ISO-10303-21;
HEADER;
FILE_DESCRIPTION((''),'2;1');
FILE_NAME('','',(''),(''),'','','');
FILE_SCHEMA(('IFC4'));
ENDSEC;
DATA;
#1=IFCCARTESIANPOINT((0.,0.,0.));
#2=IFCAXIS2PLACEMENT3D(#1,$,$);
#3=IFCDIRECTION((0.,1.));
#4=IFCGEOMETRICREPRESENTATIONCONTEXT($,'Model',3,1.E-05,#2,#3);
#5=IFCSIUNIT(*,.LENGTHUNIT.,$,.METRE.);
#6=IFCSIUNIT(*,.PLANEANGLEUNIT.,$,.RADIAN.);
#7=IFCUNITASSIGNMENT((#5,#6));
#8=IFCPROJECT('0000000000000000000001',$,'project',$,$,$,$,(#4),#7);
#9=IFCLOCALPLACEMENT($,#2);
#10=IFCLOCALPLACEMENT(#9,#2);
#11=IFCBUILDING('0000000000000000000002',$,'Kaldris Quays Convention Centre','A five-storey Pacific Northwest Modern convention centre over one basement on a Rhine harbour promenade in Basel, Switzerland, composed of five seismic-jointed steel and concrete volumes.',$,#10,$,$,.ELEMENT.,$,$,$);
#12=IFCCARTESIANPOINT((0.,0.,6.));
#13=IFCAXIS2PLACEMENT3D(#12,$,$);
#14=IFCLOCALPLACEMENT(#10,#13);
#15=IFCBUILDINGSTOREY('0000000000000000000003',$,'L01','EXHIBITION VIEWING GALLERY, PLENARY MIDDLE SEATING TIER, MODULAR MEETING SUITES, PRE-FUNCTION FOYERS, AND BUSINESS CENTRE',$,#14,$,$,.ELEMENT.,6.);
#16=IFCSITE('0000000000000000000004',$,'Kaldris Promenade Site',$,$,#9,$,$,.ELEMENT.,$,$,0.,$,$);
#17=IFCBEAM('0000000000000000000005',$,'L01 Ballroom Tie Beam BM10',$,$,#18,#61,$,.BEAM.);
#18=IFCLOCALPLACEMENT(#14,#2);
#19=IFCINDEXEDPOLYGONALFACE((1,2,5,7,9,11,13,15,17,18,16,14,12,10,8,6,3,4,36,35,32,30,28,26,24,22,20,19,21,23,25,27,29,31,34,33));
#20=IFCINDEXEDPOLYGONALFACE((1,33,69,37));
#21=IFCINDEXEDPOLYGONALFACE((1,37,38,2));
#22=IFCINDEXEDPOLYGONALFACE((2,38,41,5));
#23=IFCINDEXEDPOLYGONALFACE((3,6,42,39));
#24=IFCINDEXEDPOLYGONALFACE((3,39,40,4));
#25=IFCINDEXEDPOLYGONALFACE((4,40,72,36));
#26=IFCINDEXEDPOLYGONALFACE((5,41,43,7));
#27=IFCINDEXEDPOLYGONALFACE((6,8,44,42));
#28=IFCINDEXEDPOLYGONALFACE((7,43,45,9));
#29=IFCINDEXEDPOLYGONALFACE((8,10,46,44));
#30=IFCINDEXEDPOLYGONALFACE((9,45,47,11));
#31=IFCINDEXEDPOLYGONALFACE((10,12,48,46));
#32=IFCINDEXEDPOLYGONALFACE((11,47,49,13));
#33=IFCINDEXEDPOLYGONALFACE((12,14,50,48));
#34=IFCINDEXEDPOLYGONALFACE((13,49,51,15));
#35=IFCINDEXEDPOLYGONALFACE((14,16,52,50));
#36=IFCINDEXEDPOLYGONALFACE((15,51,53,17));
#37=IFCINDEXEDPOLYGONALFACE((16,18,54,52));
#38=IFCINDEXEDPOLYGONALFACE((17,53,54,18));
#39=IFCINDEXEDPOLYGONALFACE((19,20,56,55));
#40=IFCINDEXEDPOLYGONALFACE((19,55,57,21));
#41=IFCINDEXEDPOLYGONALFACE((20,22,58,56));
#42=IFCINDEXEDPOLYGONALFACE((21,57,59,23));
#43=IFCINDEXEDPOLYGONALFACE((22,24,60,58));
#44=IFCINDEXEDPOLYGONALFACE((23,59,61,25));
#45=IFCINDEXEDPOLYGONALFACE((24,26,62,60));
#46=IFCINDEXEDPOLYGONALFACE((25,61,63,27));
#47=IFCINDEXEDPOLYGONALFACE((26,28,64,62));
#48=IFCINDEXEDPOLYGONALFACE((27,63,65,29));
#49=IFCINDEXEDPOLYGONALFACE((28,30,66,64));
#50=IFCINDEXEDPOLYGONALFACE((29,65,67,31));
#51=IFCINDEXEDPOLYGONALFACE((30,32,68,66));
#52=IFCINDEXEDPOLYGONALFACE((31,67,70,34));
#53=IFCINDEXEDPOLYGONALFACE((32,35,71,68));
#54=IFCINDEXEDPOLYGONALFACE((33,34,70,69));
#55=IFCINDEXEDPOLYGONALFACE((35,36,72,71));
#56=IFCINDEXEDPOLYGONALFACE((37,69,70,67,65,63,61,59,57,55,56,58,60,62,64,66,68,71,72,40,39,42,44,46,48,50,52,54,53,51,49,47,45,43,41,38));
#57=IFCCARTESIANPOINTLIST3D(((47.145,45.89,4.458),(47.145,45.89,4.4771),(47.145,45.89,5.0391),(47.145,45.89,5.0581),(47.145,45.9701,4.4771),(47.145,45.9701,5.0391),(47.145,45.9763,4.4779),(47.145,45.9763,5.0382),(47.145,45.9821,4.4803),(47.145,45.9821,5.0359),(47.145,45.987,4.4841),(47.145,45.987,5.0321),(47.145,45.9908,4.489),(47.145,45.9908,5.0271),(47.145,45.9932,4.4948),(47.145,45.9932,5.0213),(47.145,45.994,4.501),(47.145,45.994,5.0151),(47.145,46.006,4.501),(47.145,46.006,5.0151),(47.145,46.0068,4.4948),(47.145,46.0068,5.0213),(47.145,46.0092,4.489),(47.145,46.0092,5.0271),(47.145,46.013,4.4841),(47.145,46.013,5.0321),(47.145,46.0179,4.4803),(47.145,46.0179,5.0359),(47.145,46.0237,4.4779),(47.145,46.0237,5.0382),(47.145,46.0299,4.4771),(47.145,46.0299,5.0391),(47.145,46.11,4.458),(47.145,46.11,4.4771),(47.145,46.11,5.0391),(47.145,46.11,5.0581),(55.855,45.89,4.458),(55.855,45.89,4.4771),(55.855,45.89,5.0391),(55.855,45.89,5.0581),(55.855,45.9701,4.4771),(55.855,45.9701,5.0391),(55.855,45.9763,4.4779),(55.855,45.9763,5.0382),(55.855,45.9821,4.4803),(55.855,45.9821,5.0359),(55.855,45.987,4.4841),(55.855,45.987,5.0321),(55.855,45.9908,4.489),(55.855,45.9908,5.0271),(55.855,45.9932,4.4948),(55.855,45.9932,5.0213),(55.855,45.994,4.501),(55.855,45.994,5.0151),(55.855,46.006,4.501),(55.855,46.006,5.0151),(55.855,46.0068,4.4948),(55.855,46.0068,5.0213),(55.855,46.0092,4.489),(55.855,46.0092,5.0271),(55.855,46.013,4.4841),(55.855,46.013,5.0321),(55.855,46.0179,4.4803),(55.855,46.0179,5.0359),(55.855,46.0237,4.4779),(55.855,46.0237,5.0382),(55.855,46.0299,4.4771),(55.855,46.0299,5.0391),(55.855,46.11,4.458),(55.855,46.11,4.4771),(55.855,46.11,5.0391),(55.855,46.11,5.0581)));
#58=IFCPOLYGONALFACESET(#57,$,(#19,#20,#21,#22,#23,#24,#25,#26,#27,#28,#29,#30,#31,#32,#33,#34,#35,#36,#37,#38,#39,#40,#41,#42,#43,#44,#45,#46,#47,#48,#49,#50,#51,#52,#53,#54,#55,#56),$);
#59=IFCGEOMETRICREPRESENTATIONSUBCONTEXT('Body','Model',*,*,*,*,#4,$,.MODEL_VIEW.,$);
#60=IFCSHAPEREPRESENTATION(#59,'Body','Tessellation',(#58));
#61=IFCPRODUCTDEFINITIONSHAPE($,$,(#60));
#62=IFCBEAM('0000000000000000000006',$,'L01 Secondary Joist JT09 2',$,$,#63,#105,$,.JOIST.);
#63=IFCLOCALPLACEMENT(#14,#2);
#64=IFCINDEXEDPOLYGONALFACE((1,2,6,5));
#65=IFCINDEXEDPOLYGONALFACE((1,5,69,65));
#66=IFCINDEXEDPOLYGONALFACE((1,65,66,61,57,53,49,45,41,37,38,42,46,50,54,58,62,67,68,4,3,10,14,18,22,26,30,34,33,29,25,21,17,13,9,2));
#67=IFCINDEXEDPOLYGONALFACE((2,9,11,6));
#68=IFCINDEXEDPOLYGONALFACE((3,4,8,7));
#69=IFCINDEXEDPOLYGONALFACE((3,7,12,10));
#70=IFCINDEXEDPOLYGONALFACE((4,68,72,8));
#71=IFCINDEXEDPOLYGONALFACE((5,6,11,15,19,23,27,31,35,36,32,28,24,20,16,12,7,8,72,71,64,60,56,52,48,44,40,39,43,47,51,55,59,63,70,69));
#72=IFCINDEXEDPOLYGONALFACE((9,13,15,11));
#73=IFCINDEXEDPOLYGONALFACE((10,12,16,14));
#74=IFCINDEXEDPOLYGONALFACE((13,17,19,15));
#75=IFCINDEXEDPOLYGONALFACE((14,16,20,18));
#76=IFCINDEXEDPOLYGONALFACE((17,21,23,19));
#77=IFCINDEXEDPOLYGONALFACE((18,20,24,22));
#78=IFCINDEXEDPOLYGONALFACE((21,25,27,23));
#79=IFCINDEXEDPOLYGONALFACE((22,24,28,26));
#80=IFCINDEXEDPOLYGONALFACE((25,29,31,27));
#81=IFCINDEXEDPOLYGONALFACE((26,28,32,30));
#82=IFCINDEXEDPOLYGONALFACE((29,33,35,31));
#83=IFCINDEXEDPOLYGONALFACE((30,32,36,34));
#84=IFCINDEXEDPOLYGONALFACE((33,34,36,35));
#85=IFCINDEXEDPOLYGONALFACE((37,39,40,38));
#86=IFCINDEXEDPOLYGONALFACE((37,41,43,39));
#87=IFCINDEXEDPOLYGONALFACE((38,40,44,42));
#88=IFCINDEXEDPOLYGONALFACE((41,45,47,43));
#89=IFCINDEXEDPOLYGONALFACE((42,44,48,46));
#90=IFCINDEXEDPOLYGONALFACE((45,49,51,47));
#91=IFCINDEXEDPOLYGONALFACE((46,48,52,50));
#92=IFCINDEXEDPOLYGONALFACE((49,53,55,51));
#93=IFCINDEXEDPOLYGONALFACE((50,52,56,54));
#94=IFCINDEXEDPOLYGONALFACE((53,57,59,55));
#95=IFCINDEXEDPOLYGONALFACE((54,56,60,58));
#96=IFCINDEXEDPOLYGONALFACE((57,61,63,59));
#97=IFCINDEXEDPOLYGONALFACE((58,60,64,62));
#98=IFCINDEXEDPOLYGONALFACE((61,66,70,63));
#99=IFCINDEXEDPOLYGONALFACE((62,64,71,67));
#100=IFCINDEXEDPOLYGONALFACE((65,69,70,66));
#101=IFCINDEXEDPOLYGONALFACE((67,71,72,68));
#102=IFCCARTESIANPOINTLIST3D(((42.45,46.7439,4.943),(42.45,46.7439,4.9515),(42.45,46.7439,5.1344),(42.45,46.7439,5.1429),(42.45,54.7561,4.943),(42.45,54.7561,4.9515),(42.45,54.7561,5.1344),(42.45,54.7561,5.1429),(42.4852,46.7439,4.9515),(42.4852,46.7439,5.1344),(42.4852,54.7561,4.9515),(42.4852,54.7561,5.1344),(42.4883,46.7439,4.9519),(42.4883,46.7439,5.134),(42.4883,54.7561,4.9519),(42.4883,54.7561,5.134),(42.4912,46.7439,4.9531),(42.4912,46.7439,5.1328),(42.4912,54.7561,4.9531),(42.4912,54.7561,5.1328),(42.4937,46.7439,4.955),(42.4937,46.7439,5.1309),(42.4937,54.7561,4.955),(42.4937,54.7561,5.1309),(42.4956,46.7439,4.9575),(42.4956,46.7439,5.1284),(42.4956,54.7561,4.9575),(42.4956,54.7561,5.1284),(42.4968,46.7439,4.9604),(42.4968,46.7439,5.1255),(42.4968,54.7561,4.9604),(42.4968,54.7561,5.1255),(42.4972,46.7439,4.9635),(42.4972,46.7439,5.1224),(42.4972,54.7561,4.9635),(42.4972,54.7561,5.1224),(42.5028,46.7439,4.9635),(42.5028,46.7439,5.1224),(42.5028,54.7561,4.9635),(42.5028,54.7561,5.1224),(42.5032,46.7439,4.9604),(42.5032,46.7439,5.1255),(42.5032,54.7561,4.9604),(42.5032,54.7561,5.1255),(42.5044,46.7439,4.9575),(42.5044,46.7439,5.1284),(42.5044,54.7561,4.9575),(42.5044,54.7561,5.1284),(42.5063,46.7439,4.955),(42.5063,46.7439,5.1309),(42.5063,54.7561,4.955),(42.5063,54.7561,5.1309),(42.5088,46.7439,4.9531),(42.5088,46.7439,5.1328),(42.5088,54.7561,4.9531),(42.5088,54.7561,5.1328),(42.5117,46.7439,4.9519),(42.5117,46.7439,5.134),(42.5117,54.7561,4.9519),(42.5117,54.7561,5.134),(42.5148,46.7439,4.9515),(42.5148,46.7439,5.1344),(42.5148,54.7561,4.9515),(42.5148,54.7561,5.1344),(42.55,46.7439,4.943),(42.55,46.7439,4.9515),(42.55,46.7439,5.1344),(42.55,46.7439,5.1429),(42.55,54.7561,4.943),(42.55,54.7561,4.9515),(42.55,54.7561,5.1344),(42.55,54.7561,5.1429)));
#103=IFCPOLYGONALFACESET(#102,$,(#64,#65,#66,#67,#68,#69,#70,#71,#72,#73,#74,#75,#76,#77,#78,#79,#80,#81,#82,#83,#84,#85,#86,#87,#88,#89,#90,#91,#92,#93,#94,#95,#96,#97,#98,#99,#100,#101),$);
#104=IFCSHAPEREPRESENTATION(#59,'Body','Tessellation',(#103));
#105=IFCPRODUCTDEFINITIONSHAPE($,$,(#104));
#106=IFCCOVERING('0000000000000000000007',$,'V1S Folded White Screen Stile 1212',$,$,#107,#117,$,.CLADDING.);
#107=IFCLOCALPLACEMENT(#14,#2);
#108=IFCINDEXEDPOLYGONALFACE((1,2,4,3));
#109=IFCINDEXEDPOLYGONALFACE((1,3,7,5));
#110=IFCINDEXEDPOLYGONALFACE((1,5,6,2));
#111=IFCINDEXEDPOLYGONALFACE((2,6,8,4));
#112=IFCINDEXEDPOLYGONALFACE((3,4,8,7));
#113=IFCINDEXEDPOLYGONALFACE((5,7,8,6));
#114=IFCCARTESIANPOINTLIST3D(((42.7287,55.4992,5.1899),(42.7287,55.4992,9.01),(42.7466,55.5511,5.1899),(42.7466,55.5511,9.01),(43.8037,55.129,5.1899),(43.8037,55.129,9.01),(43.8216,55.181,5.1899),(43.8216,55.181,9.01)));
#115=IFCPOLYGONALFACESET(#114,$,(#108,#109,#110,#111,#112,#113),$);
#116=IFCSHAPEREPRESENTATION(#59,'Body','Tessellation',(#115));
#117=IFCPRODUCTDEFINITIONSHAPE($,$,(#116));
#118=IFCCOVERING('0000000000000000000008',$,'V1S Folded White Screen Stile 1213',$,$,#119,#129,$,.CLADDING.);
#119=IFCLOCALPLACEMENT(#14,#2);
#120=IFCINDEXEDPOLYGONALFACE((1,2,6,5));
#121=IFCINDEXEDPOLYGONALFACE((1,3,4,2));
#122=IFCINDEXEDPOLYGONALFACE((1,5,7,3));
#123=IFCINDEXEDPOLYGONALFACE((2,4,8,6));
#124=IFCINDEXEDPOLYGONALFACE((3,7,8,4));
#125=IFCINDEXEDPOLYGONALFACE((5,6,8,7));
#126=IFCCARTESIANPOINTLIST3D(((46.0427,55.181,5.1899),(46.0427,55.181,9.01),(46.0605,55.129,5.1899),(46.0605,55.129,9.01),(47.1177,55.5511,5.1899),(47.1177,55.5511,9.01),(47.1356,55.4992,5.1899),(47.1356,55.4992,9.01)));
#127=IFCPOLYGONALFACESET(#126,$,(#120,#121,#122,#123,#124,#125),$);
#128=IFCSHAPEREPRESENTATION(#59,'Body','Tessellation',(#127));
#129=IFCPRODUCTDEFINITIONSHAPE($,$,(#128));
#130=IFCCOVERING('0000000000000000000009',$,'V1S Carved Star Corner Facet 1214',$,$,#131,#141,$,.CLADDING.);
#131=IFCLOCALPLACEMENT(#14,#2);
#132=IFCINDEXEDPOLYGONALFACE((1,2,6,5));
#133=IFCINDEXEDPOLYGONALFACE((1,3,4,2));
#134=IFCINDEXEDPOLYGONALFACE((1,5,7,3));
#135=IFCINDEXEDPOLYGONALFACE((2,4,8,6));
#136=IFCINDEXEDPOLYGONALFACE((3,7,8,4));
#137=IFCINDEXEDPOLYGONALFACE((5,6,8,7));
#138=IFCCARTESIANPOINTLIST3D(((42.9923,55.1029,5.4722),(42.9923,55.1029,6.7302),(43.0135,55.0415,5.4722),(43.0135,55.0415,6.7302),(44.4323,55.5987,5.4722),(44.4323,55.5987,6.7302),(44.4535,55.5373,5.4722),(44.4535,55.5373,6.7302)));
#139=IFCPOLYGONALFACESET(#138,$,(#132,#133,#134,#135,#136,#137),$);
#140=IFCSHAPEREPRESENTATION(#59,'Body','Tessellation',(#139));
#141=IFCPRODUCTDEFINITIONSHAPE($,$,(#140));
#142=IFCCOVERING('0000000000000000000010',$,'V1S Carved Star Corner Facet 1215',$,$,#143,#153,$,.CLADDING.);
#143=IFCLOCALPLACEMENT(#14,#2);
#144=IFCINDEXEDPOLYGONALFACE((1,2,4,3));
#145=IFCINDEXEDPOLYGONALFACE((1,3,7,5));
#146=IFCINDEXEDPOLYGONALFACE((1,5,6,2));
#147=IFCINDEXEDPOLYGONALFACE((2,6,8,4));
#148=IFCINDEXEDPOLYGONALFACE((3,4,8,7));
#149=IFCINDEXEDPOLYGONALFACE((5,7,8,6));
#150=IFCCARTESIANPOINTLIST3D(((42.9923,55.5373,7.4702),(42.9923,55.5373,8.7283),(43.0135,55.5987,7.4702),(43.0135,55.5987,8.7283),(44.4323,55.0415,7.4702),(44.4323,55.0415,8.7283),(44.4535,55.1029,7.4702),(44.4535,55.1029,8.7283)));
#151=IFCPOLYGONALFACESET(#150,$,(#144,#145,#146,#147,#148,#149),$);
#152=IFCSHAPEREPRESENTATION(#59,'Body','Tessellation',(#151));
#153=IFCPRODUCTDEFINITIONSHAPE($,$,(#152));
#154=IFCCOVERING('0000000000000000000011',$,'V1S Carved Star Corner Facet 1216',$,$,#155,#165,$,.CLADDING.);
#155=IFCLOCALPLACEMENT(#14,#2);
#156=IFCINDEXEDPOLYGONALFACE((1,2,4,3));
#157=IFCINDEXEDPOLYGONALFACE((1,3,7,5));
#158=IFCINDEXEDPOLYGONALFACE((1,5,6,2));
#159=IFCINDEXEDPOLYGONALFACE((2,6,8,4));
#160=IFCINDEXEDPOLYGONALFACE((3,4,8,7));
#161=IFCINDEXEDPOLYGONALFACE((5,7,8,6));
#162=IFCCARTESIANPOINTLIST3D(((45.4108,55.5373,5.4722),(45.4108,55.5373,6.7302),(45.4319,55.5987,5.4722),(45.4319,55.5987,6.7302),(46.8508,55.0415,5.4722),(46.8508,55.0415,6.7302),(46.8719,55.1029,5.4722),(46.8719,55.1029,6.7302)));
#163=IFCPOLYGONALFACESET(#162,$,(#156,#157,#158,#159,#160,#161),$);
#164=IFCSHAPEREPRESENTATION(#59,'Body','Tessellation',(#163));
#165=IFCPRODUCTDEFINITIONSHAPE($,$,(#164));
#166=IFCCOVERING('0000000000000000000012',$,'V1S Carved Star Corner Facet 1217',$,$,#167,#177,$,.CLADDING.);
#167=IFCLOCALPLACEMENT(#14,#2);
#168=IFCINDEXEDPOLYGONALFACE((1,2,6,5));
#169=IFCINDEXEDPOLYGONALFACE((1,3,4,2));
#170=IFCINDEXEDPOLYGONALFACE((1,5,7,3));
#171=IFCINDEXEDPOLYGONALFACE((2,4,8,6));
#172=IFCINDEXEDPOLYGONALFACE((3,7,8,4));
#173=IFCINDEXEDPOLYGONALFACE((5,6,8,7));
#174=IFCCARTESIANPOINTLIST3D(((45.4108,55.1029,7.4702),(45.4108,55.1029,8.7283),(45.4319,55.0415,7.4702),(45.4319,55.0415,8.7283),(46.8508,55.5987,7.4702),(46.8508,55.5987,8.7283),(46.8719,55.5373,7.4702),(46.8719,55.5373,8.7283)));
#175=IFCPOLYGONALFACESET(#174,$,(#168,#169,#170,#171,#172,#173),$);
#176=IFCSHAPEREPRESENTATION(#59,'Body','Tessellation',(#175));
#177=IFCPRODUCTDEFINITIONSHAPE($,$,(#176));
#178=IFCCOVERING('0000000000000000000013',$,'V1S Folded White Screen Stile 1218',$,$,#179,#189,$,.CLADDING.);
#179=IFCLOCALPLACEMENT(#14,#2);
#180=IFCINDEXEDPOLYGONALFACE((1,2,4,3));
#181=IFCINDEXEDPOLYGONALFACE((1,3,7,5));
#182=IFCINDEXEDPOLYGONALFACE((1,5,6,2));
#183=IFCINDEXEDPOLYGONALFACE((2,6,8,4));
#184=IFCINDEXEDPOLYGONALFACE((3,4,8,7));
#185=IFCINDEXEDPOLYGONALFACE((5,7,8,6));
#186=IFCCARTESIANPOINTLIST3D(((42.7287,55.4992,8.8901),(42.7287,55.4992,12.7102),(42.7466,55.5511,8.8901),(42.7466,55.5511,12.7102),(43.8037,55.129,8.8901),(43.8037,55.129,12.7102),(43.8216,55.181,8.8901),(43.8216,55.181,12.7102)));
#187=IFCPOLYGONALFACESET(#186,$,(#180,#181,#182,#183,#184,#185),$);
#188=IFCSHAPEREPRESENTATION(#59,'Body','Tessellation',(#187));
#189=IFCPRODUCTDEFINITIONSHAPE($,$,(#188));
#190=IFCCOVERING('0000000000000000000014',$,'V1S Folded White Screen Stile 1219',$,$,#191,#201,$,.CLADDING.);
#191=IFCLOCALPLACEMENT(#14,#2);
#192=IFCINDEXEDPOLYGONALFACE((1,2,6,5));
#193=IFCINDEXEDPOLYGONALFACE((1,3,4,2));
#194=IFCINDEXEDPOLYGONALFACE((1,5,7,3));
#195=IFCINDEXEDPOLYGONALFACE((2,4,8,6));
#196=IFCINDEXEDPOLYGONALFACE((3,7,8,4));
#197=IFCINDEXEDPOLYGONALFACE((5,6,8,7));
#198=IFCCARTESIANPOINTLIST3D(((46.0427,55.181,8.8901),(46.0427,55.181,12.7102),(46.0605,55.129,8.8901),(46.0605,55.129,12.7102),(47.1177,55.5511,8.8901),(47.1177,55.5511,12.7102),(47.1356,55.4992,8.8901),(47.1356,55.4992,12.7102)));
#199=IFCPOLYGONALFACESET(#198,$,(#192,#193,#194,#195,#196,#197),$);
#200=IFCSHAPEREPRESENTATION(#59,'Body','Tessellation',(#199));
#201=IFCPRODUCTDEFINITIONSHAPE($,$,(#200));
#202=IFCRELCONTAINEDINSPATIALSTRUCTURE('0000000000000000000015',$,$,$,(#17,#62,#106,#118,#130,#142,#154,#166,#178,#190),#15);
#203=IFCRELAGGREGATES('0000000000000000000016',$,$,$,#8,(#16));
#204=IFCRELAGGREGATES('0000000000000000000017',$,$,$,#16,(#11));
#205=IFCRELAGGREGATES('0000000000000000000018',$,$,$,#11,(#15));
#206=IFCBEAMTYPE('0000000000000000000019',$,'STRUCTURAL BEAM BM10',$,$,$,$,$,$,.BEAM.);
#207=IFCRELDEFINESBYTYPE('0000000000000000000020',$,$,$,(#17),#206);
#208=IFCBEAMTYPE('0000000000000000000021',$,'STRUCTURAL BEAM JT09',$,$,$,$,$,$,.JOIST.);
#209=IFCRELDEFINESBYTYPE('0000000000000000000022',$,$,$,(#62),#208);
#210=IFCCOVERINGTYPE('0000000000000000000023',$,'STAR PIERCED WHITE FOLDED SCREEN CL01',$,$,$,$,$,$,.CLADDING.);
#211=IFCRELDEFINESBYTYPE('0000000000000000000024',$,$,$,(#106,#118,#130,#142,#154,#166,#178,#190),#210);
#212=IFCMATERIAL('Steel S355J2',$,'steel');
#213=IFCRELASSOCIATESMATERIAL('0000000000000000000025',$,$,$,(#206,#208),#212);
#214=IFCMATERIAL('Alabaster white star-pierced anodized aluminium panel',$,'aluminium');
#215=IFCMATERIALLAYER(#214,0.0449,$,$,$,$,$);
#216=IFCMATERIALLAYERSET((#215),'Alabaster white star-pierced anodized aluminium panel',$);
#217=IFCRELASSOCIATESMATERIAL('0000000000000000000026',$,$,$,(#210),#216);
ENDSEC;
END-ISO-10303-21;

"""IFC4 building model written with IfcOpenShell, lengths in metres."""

from ifc_helpers import new_model, si_unit, direction, frame, origin, origin_2d, place, context, subcontext, project, spatial, rectangle, i_section, extrude, material, layer, layer_set, material_profile, profile_set, type_object, element, save


model = new_model("IFC4")

# Units and contexts
model_context = context("Model", 3, precision=1e-05, world=origin(), true_north=direction((0.0, 1.0)))
body_context = subcontext(model_context, "Body", "Model", "MODEL_VIEW")
ifc_project = project(units=[si_unit("LENGTHUNIT", "METRE"), si_unit("PLANEANGLEUNIT", "RADIAN")], contexts=[model_context])

# Site, building, storey
site_placement = place(None, origin())
site = spatial("IfcSite", under=ifc_project, at=site_placement, Name="Kaldris Promenade Site", CompositionType="ELEMENT", RefElevation=0.0)
building_placement = place(site_placement, origin())
building = spatial("IfcBuilding", under=site, at=building_placement, Name="Kaldris Quays Convention Centre", Description="A five-storey Pacific Northwest Modern convention centre over one basement on a Rhine harbour promenade in Basel, Switzerland, composed of five seismic-jointed steel and concrete volumes.", CompositionType="ELEMENT")
storey_placement = place(building_placement, frame((0.0, 0.0, 6.0)))
storey = spatial("IfcBuildingStorey", under=building, at=storey_placement, Name="L01", Description="EXHIBITION VIEWING GALLERY, PLENARY MIDDLE SEATING TIER, MODULAR MEETING SUITES, PRE-FUNCTION FOYERS, AND BUSINESS CENTRE", CompositionType="ELEMENT", Elevation=6.0)

# Beams
ifc_material_1 = material(Name="Steel S355J2", Category="steel")
ifc_material_profile_1 = material_profile(ifc_material_1, i_section(OverallWidth=0.22, OverallDepth=0.6001, WebThickness=0.012, FlangeThickness=0.019, FilletRadius=0.0239, at=origin_2d()), Name="IPE 600")
ifc_profile_set_1 = profile_set([ifc_material_profile_1], Name="Steel S355J2")
beam_type_1 = type_object("IfcBeamType", Name="STRUCTURAL BEAM BM10", PredefinedType="BEAM", material=ifc_profile_set_1)
beam_1_placement = place(storey_placement, frame((47.145, 46.0, 4.7581), z_axis=(1.0, 0.0, 0.0), x_axis=(0.0, 1.0, 0.0)))
element("IfcBeam", 1, at=beam_1_placement, inside=storey, type_object=beam_type_1, Name="L01 Ballroom Tie Beam BM10", PredefinedType="BEAM", context=body_context, shape_type="SweptSolid", body=[
    extrude(i_section(OverallWidth=0.22, OverallDepth=0.6001, WebThickness=0.012, FlangeThickness=0.019, FilletRadius=0.0239, at=origin_2d()), origin(), (0.0, 0.0, 1.0), 8.71),
])
ifc_material_profile_2 = material_profile(ifc_material_1, i_section(OverallWidth=0.1001, OverallDepth=0.2, WebThickness=0.0056, FlangeThickness=0.0085, FilletRadius=0.012, at=origin_2d()), Name="IPE 200")
ifc_profile_set_2 = profile_set([ifc_material_profile_2], Name="Steel S355J2")
beam_type_2 = type_object("IfcBeamType", Name="STRUCTURAL BEAM JT09", PredefinedType="JOIST", material=ifc_profile_set_2)
beam_2_placement = place(storey_placement, frame((42.5, 46.7439, 5.043), z_axis=(0.0, 1.0, 0.0), x_axis=(-1.0, 0.0, 0.0)))
element("IfcBeam", 2, at=beam_2_placement, inside=storey, type_object=beam_type_2, Name="L01 Secondary Joist JT09 2", PredefinedType="JOIST", context=body_context, shape_type="SweptSolid", body=[
    extrude(i_section(OverallWidth=0.1001, OverallDepth=0.2, WebThickness=0.0056, FlangeThickness=0.0085, FilletRadius=0.012, at=origin_2d()), origin(), (0.0, 0.0, 1.0), 8.0122),
])

# Coverings
ifc_material_2 = material(Name="Alabaster white star-pierced anodized aluminium panel", Category="aluminium")
ifc_layer = layer(ifc_material_2, 0.0449)
ifc_layer_set = layer_set([ifc_layer], Name="Alabaster white star-pierced anodized aluminium panel")
covering_type = type_object("IfcCoveringType", Name="STAR PIERCED WHITE FOLDED SCREEN CL01", PredefinedType="CLADDING", material=ifc_layer_set)
for number, where, z_axis, x_axis, name in (
    (3, (43.2751, 55.3401, 5.1899), (0.0, 0.0, 1.0), (0.945519, -0.325568, 0.0), "V1S Folded White Screen Stile 1212"),
    (4, (46.5891, 55.3401, 5.1899), (0.0, 0.0, 1.0), (0.945519, 0.325568, 0.0), "V1S Folded White Screen Stile 1213"),
):
    element("IfcCovering", number, at=place(storey_placement, frame(where, z_axis=z_axis, x_axis=x_axis)), inside=storey, type_object=covering_type, Name=name, PredefinedType="CLADDING", context=body_context, shape_type="SweptSolid", body=[
        extrude(rectangle(XDim=1.137, YDim=0.0549, at=origin_2d()), origin(), (0.0, 0.0, 1.0), 3.8201),
    ])
for number, where, z_axis, x_axis, name in (
    (5, (43.7229, 55.3201, 5.4722), (0.0, 0.0, 1.0), (0.945519, 0.325568, 0.0), "V1S Carved Star Corner Facet 1214"),
    (6, (43.7229, 55.3201, 7.4702), (0.0, 0.0, 1.0), (0.945519, -0.325568, 0.0), "V1S Carved Star Corner Facet 1215"),
    (7, (46.1414, 55.3201, 5.4722), (0.0, 0.0, 1.0), (0.945519, -0.325568, 0.0), "V1S Carved Star Corner Facet 1216"),
    (8, (46.1414, 55.3201, 7.4702), (0.0, 0.0, 1.0), (0.945519, 0.325568, 0.0), "V1S Carved Star Corner Facet 1217"),
):
    element("IfcCovering", number, at=place(storey_placement, frame(where, z_axis=z_axis, x_axis=x_axis)), inside=storey, type_object=covering_type, Name=name, PredefinedType="CLADDING", context=body_context, shape_type="SweptSolid", body=[
        extrude(rectangle(XDim=1.5229, YDim=0.0649, at=origin_2d()), origin(), (0.0, 0.0, 1.0), 1.2581),
    ])
for number, where, z_axis, x_axis, name in (
    (9, (43.2751, 55.3401, 8.8901), (0.0, 0.0, 1.0), (0.945519, -0.325568, 0.0), "V1S Folded White Screen Stile 1218"),
    (10, (46.5891, 55.3401, 8.8901), (0.0, 0.0, 1.0), (0.945519, 0.325568, 0.0), "V1S Folded White Screen Stile 1219"),
):
    element("IfcCovering", number, at=place(storey_placement, frame(where, z_axis=z_axis, x_axis=x_axis)), inside=storey, type_object=covering_type, Name=name, PredefinedType="CLADDING", context=body_context, shape_type="SweptSolid", body=[
        extrude(rectangle(XDim=1.137, YDim=0.0549, at=origin_2d()), origin(), (0.0, 0.0, 1.0), 3.8201),
    ])

save(model, "model.ifc")
